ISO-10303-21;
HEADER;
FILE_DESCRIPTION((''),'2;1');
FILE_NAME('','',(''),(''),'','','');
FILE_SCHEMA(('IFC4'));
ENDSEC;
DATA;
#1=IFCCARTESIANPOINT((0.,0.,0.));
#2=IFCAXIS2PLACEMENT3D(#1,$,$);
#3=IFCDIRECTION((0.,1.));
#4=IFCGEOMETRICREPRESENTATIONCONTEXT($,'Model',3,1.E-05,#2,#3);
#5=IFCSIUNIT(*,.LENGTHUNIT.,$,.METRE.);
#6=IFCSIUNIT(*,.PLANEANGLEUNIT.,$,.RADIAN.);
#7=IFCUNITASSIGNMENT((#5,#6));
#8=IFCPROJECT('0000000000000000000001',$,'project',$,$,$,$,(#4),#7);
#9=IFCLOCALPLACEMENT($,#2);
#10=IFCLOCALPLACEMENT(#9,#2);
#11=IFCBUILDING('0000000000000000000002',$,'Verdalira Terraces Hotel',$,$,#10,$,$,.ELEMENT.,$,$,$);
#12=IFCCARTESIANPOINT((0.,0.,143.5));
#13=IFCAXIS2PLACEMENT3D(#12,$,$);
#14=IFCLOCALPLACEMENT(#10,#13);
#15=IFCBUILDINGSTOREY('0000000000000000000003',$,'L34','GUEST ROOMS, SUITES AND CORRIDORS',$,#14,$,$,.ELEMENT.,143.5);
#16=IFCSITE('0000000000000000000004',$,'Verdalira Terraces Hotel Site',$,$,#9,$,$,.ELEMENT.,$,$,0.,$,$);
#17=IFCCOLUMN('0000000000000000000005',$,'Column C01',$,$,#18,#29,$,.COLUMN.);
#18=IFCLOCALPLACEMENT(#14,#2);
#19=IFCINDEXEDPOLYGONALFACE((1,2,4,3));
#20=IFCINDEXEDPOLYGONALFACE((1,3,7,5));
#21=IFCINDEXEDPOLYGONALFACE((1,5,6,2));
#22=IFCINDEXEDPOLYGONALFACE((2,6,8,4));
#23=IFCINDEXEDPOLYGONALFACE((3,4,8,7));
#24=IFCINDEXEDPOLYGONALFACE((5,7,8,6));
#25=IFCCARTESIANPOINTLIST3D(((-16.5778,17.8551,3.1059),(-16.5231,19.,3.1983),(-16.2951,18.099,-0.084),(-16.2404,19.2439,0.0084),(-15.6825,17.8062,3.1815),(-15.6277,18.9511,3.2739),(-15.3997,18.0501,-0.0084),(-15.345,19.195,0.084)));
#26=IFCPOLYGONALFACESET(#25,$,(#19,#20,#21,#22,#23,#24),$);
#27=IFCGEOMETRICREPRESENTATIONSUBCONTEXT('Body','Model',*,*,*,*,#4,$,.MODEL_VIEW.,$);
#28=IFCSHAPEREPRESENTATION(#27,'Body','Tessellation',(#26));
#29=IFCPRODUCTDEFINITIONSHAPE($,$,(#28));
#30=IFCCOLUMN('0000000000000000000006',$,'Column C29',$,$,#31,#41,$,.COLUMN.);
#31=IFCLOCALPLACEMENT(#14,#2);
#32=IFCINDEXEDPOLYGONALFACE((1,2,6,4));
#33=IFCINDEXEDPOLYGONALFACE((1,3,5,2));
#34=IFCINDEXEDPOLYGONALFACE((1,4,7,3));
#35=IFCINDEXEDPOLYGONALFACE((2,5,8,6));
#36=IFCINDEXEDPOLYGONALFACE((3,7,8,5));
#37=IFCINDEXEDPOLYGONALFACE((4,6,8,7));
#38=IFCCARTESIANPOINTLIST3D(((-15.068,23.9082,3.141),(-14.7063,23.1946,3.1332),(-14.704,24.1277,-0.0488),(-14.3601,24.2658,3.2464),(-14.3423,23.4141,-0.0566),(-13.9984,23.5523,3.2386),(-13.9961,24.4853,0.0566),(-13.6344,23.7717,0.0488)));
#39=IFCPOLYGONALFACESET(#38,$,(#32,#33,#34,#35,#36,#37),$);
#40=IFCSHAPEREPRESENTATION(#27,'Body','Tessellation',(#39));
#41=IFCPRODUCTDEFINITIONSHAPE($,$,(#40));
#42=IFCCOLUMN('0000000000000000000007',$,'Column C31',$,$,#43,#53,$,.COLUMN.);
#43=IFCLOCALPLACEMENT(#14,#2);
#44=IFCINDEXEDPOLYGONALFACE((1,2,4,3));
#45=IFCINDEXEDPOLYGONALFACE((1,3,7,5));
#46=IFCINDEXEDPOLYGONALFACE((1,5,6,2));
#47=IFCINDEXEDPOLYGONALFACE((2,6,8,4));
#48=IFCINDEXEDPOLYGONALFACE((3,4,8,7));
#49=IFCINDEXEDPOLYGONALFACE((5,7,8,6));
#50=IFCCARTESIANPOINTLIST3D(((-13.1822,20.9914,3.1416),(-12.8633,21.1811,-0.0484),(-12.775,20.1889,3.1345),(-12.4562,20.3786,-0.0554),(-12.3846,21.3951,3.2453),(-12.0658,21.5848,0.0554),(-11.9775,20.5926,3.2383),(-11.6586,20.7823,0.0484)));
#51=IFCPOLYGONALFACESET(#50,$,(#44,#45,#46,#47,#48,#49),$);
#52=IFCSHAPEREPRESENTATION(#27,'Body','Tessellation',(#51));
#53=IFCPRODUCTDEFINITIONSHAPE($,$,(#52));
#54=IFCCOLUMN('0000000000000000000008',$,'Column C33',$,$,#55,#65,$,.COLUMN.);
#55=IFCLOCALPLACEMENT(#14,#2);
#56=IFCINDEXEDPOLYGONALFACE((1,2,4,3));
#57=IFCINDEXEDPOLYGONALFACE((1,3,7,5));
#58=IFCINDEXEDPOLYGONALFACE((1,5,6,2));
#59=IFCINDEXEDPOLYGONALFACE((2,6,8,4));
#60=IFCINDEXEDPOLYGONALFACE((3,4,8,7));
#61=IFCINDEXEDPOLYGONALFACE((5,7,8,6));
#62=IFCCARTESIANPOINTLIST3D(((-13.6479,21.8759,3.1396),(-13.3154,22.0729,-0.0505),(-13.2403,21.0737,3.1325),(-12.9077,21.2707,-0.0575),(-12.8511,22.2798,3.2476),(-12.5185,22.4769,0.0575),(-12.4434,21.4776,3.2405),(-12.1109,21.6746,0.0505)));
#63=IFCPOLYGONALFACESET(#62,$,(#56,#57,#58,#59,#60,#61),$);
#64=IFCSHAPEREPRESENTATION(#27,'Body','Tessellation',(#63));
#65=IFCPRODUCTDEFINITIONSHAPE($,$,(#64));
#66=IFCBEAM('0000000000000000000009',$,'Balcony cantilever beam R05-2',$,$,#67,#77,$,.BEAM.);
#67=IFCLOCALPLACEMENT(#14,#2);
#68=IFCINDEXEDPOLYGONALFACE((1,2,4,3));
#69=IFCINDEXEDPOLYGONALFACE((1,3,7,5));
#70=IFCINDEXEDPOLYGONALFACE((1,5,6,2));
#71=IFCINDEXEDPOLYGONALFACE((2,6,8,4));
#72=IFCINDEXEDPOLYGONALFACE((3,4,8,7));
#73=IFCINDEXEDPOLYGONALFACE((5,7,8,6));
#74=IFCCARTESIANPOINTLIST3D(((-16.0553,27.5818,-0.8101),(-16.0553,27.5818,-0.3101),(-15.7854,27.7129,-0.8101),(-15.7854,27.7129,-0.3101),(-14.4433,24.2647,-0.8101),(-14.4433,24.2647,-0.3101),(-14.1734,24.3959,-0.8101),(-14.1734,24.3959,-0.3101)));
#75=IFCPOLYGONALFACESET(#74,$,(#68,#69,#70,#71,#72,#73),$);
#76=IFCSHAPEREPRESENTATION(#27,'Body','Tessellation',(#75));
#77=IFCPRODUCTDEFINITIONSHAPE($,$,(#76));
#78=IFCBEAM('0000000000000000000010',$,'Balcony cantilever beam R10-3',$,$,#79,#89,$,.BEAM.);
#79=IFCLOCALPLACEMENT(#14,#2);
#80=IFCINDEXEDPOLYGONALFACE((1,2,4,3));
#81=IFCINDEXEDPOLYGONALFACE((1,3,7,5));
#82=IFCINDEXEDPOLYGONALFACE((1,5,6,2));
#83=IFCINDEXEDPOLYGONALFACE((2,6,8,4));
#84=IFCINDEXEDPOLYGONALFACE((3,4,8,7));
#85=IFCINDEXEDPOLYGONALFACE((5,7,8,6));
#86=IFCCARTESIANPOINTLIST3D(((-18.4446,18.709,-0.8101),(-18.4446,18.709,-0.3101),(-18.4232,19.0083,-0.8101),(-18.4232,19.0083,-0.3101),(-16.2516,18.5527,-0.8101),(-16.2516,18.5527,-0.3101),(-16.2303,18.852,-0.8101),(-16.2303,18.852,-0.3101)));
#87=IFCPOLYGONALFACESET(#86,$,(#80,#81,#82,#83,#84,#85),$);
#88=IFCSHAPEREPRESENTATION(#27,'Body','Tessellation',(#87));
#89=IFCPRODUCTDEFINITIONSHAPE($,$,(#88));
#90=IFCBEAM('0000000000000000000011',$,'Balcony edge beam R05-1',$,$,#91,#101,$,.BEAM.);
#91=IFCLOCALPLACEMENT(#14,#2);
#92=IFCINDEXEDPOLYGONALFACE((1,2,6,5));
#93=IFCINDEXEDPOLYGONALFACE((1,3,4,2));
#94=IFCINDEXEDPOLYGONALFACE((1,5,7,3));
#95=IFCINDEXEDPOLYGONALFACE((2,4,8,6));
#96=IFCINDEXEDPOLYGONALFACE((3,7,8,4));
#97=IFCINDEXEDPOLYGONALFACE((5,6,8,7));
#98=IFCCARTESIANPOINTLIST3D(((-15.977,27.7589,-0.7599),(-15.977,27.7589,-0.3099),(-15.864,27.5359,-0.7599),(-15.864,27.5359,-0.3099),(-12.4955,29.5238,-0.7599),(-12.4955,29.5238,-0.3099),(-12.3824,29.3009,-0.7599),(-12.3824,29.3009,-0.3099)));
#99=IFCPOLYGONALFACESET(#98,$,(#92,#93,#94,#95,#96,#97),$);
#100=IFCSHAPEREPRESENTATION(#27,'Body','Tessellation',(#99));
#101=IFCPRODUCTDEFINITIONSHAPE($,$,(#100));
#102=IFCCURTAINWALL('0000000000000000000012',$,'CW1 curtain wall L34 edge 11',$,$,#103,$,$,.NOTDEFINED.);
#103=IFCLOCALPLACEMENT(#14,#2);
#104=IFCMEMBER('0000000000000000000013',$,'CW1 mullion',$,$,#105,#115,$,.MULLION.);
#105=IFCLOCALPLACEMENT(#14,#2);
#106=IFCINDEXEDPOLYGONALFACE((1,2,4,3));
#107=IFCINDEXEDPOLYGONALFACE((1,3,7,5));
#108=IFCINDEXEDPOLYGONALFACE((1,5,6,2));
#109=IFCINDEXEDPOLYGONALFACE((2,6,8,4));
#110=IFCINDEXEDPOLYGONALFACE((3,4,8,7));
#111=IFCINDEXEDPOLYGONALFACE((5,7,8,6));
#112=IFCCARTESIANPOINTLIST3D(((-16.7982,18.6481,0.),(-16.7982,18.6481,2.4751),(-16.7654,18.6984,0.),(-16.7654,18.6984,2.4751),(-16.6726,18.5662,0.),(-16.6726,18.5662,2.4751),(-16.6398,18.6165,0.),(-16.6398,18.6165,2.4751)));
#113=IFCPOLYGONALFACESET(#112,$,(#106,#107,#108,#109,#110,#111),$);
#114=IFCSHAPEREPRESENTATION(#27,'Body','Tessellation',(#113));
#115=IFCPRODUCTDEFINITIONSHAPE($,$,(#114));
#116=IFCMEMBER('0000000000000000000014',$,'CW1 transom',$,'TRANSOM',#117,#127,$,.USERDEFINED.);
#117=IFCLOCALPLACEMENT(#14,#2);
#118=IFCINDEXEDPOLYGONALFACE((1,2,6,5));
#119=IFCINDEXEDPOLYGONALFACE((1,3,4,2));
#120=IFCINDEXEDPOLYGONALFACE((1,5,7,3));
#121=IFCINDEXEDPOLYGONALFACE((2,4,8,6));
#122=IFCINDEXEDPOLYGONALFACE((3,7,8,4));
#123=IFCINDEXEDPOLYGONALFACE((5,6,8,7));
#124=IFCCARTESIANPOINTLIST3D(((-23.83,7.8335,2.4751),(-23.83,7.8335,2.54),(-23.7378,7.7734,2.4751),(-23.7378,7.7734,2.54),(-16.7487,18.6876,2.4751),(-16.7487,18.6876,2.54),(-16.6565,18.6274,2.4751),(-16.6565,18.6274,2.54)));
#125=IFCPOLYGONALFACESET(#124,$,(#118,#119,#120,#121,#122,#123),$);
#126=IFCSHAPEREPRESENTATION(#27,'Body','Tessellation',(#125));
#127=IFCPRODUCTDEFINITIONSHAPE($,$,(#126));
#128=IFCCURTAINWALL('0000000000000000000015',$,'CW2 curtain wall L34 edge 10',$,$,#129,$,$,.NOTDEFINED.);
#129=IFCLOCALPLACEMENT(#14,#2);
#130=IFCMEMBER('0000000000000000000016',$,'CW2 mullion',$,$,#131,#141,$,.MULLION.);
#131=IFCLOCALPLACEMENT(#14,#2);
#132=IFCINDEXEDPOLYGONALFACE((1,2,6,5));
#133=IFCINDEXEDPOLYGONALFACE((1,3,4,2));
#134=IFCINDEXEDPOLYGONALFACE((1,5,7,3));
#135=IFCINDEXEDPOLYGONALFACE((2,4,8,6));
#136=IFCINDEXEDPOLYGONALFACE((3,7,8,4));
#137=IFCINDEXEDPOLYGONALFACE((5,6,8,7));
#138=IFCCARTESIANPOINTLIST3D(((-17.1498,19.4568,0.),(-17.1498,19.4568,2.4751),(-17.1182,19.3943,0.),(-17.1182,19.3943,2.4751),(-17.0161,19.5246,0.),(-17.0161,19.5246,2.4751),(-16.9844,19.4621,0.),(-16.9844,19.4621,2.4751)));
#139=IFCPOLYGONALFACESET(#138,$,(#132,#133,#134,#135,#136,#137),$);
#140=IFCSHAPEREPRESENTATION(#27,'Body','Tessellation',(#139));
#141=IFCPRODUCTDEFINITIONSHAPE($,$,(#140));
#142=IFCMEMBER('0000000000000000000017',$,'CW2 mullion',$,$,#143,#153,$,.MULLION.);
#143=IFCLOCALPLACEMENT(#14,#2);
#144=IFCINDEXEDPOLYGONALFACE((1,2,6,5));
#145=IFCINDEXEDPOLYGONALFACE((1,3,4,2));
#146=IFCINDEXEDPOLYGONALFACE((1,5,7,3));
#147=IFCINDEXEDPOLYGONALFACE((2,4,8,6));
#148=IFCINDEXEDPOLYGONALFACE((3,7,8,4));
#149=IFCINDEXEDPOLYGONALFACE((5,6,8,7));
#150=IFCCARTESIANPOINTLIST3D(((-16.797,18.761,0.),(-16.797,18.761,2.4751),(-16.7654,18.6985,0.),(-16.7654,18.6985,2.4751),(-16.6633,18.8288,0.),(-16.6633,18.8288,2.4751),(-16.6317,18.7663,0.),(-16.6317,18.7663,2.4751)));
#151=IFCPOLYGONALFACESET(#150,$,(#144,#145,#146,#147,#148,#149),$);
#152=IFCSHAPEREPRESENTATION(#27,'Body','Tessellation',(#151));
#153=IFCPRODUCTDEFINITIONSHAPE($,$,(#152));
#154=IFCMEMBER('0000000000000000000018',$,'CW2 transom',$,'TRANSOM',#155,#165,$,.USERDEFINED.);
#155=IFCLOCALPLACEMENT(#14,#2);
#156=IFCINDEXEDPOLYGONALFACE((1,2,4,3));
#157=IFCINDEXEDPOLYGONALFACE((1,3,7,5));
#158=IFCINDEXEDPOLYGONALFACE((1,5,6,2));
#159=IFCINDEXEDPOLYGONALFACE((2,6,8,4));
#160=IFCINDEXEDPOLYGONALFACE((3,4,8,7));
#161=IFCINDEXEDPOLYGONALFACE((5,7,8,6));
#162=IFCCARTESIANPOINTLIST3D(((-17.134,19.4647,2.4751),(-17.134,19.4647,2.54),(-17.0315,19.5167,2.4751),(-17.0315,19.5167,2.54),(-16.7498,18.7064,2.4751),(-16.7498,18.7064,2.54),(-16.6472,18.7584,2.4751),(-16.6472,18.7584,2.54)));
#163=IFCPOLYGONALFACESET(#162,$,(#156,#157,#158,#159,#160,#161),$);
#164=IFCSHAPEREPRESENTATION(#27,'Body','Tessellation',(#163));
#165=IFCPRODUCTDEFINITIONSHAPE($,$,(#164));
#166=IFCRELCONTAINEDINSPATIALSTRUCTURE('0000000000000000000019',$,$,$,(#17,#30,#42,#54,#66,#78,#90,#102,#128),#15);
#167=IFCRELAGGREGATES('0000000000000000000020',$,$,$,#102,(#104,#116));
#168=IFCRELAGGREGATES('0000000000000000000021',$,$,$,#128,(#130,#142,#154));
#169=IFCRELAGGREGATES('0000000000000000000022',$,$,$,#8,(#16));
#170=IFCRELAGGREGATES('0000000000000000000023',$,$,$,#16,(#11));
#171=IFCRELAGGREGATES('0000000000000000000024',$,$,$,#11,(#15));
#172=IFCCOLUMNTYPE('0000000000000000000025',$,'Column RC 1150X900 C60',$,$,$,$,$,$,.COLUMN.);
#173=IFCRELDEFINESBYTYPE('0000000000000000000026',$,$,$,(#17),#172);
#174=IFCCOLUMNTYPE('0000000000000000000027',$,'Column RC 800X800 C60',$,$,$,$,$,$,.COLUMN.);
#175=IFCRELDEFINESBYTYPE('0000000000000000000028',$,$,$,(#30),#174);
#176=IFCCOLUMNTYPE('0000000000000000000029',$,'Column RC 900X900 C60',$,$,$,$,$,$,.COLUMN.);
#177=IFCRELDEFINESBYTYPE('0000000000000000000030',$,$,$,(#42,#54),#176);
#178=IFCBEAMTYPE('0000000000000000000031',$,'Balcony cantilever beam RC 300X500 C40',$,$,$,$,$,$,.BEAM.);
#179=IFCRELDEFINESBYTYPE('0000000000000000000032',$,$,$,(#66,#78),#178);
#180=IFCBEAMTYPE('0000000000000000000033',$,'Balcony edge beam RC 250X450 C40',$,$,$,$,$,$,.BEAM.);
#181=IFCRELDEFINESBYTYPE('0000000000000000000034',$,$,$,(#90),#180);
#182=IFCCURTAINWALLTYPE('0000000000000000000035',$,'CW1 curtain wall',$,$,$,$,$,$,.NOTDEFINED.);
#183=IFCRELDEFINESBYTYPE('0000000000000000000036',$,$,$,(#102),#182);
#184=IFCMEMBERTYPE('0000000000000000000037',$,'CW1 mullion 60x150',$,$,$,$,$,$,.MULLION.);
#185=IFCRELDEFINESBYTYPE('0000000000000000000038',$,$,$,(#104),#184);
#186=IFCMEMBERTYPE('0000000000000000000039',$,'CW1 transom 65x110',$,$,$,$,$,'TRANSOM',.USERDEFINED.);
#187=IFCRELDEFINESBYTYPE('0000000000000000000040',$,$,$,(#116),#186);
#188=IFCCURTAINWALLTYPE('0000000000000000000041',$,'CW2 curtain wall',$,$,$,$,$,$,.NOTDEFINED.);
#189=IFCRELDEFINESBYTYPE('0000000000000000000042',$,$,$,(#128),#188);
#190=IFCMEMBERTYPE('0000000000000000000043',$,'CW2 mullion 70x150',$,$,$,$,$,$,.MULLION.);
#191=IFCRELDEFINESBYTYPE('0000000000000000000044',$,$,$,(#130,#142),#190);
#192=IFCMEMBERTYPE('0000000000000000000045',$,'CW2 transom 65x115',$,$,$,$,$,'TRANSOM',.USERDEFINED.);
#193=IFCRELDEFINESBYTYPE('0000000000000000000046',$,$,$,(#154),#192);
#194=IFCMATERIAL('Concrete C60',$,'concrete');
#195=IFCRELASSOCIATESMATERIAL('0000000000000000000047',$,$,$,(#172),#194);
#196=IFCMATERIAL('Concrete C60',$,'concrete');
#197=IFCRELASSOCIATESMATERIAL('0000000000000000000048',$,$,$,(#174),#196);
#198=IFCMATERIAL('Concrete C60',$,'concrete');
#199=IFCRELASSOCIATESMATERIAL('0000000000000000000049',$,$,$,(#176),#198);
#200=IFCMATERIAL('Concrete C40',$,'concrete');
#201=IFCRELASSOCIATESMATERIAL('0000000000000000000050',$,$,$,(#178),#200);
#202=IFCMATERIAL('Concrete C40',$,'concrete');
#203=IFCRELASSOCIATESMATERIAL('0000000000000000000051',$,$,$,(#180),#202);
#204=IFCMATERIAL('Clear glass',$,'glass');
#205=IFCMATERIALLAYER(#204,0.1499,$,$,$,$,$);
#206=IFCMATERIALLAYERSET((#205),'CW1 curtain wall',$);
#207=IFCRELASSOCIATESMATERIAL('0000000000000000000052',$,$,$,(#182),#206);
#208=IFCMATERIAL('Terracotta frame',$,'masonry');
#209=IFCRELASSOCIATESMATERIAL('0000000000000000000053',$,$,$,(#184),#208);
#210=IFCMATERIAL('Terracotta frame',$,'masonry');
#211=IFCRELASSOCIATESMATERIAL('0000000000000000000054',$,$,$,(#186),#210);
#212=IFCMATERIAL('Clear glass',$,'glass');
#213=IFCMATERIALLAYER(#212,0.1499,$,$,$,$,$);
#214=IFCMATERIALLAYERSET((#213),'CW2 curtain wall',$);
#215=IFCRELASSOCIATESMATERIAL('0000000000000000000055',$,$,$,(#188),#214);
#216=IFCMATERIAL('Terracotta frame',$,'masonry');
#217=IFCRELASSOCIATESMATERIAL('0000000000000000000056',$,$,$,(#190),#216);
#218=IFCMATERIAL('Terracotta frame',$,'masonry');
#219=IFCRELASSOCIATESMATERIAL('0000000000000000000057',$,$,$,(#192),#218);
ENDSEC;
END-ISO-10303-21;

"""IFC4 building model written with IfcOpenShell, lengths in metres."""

from ifc_helpers import new_model, si_unit, direction, frame, origin, origin_2d, place, context, subcontext, project, spatial, rectangle, extrude, material, layer, layer_set, material_profile, profile_set, type_object, element, aggregate, save


model = new_model("IFC4")

# Units and contexts
model_context = context("Model", 3, precision=1e-05, world=origin(), true_north=direction((0.0, 1.0)))
body_context = subcontext(model_context, "Body", "Model", "MODEL_VIEW")
ifc_project = project(units=[si_unit("LENGTHUNIT", "METRE"), si_unit("PLANEANGLEUNIT", "RADIAN")], contexts=[model_context])

# Site, building, storey
site_placement = place(None, origin())
site = spatial("IfcSite", under=ifc_project, at=site_placement, Name="Verdalira Terraces Hotel Site", CompositionType="ELEMENT", RefElevation=0.0)
building_placement = place(site_placement, origin())
building = spatial("IfcBuilding", under=site, at=building_placement, Name="Verdalira Terraces Hotel", CompositionType="ELEMENT")
storey_placement = place(building_placement, frame((0.0, 0.0, 143.5)))
storey = spatial("IfcBuildingStorey", under=building, at=storey_placement, Name="L34", Description="GUEST ROOMS, SUITES AND CORRIDORS", CompositionType="ELEMENT", Elevation=143.5)

# Columns
ifc_material_1 = material(Name="Concrete C60", Category="concrete")
ifc_material_profile_1 = material_profile(ifc_material_1, rectangle(XDim=1.1499, YDim=0.8999, at=origin_2d()), Name="RC 1150X900")
ifc_profile_set_1 = profile_set([ifc_material_profile_1], Name="Concrete C60")
column_type_1 = type_object("IfcColumnType", Name="Column RC 1150X900 C60", PredefinedType="COLUMN", material=ifc_profile_set_1)
column_1_placement = place(storey_placement, frame((-15.8201, 18.647, 0.0), z_axis=(-0.088026, -0.07594, 0.993219), x_axis=(0.047605, 0.99563, 0.080343)))
element("IfcColumn", 1, at=column_1_placement, inside=storey, type_object=column_type_1, Name="Column C01", PredefinedType="COLUMN", context=body_context, shape_type="SweptSolid", body=[
    extrude(rectangle(XDim=1.1499, YDim=0.8999, at=origin_2d()), origin(), (0.0, 0.0, 1.0), 3.2117),
])
ifc_material_2 = material(Name="Concrete C60", Category="concrete")
ifc_material_profile_2 = material_profile(ifc_material_2, rectangle(XDim=0.8, YDim=0.8, at=origin_2d()), Name="RC 800X800")
ifc_profile_set_2 = profile_set([ifc_material_profile_2], Name="Concrete C60")
column_type_2 = type_object("IfcColumnType", Name="Column RC 800X800 C60", PredefinedType="COLUMN", material=ifc_profile_set_2)
column_2_placement = place(storey_placement, frame((-14.1692, 23.9497, 0.0), z_axis=(-0.113113, -0.068202, 0.991239), x_axis=(-0.884776, -0.447013, -0.131721)))
element("IfcColumn", 2, at=column_2_placement, inside=storey, type_object=column_type_2, Name="Column C29", PredefinedType="COLUMN", context=body_context, shape_type="SweptSolid", body=[
    extrude(rectangle(XDim=0.8, YDim=0.8, at=origin_2d()), origin(), (0.0, 0.0, 1.0), 3.218),
])
ifc_material_3 = material(Name="Concrete C60", Category="concrete")
ifc_material_profile_3 = material_profile(ifc_material_3, rectangle(XDim=0.8999, YDim=0.8999, at=origin_2d()), Name="RC 900X900")
ifc_profile_set_3 = profile_set([ifc_material_profile_3], Name="Concrete C60")
column_type_3 = type_object("IfcColumnType", Name="Column RC 900X900 C60", PredefinedType="COLUMN", material=ifc_profile_set_3)
column_3_placement = place(storey_placement, frame((-12.261, 20.9817, 0.0), z_axis=(-0.099285, -0.059069, 0.993304), x_axis=(-0.452446, 0.891757, 0.007807)))
element("IfcColumn", 3, at=column_3_placement, inside=storey, type_object=column_type_3, Name="Column C31", PredefinedType="COLUMN", context=body_context, shape_type="SweptSolid", body=[
    extrude(rectangle(XDim=0.8999, YDim=0.8999, at=origin_2d()), origin(), (0.0, 0.0, 1.0), 3.2114),
])
column_4_placement = place(storey_placement, frame((-12.7131, 21.8738, 0.0), z_axis=(-0.103483, -0.061315, 0.992739), x_axis=(-0.452981, 0.891486, 0.007842)))
element("IfcColumn", 4, at=column_4_placement, inside=storey, type_object=column_type_3, Name="Column C33", PredefinedType="COLUMN", context=body_context, shape_type="SweptSolid", body=[
    extrude(rectangle(XDim=0.8999, YDim=0.8999, at=origin_2d()), origin(), (0.0, 0.0, 1.0), 3.2134),
])

# Beams
ifc_material_4 = material(Name="Concrete C40", Category="concrete")
ifc_material_profile_4 = material_profile(ifc_material_4, rectangle(XDim=0.3, YDim=0.5, at=origin_2d()), Name="RC 300X500")
ifc_profile_set_4 = profile_set([ifc_material_profile_4], Name="Concrete C40")
beam_type_1 = type_object("IfcBeamType", Name="Balcony cantilever beam RC 300X500 C40", PredefinedType="BEAM", material=ifc_profile_set_4)
beam_1_placement = place(storey_placement, frame((-14.3084, 24.3303, -0.5601), z_axis=(-0.437097, 0.899414, 0.0), x_axis=(-0.899414, -0.437097, 0.0)))
element("IfcBeam", 5, at=beam_1_placement, inside=storey, type_object=beam_type_1, Name="Balcony cantilever beam R05-2", PredefinedType="BEAM", context=body_context, shape_type="SweptSolid", body=[
    extrude(rectangle(XDim=0.3, YDim=0.5, at=origin_2d()), origin(), (0.0, 0.0, 1.0), 3.688),
])
beam_2_placement = place(storey_placement, frame((-16.241, 18.7024, -0.5601), z_axis=(-0.997471, 0.071073, 0.0), x_axis=(-0.071073, -0.997471, 0.0)))
element("IfcBeam", 6, at=beam_2_placement, inside=storey, type_object=beam_type_1, Name="Balcony cantilever beam R10-3", PredefinedType="BEAM", context=body_context, shape_type="SweptSolid", body=[
    extrude(rectangle(XDim=0.3, YDim=0.5, at=origin_2d()), origin(), (0.0, 0.0, 1.0), 2.1985),
])
ifc_material_5 = material(Name="Concrete C40", Category="concrete")
ifc_material_profile_5 = material_profile(ifc_material_5, rectangle(XDim=0.25, YDim=0.45, at=origin_2d()), Name="RC 250X450")
ifc_profile_set_5 = profile_set([ifc_material_profile_5], Name="Concrete C40")
beam_type_2 = type_object("IfcBeamType", Name="Balcony edge beam RC 250X450 C40", PredefinedType="BEAM", material=ifc_profile_set_5)
beam_3_placement = place(storey_placement, frame((-12.439, 29.4124, -0.5349), z_axis=(-0.891937, -0.452161, 0.0), x_axis=(0.452161, -0.891937, 0.0)))
element("IfcBeam", 7, at=beam_3_placement, inside=storey, type_object=beam_type_2, Name="Balcony edge beam R05-1", PredefinedType="BEAM", context=body_context, shape_type="SweptSolid", body=[
    extrude(rectangle(XDim=0.25, YDim=0.45, at=origin_2d()), origin(), (0.0, 0.0, 1.0), 3.9033),
])

# Curtain walls, members
ifc_material_6 = material(Name="Clear glass", Category="glass")
ifc_layer_1 = layer(ifc_material_6, 0.1499)
ifc_layer_set_1 = layer_set([ifc_layer_1], Name="CW1 curtain wall")
curtain_wall_type_1 = type_object("IfcCurtainWallType", Name="CW1 curtain wall", PredefinedType="NOTDEFINED", material=ifc_layer_set_1)
curtain_wall_1_placement = place(storey_placement, origin())
curtain_wall_1 = element("IfcCurtainWall", 8, at=curtain_wall_1_placement, inside=storey, type_object=curtain_wall_type_1, Name="CW1 curtain wall L34 edge 11", PredefinedType="NOTDEFINED")
ifc_material_7 = material(Name="Terracotta frame", Category="masonry")
ifc_material_profile_6 = material_profile(ifc_material_7, rectangle(XDim=0.0601, YDim=0.1499, at=origin_2d()), Name="MU 60x150")
ifc_profile_set_6 = profile_set([ifc_material_profile_6], Name="Terracotta frame")
member_type_1 = type_object("IfcMemberType", Name="CW1 mullion 60x150", PredefinedType="MULLION", material=ifc_profile_set_6)
member_1_placement = place(storey_placement, frame((-16.719, 18.6323, 0.0), z_axis=(0.0, 0.0, 1.0), x_axis=(-0.546394, -0.837528, 0.0)))
member_1 = element("IfcMember", 9, at=member_1_placement, type_object=member_type_1, Name="CW1 mullion", PredefinedType="MULLION", context=body_context, shape_type="SweptSolid", body=[
    extrude(rectangle(XDim=0.0601, YDim=0.1499, at=origin_2d()), origin(), (0.0, 0.0, 1.0), 2.4751),
])
ifc_material_8 = material(Name="Terracotta frame", Category="masonry")
ifc_material_profile_7 = material_profile(ifc_material_8, rectangle(XDim=0.1101, YDim=0.0649, at=origin_2d()), Name="TR 65x110")
ifc_profile_set_7 = profile_set([ifc_material_profile_7], Name="Terracotta frame")
member_type_2 = type_object("IfcMemberType", Name="CW1 transom 65x110", ElementType="TRANSOM", PredefinedType="USERDEFINED", material=ifc_profile_set_7)
member_2_placement = place(storey_placement, frame((-16.7026, 18.6575, 2.5076), z_axis=(-0.546409, -0.837519, 0.0), x_axis=(0.837519, -0.546409, 0.0)))
member_2 = element("IfcMember", 10, at=member_2_placement, type_object=member_type_2, Name="CW1 transom", ObjectType="TRANSOM", PredefinedType="USERDEFINED", context=body_context, shape_type="SweptSolid", body=[
    extrude(rectangle(XDim=0.1101, YDim=0.0649, at=origin_2d()), origin(), (0.0, 0.0, 1.0), 12.9597),
])
aggregate(curtain_wall_1, [member_1, member_2])
ifc_material_9 = material(Name="Clear glass", Category="glass")
ifc_layer_2 = layer(ifc_material_9, 0.1499)
ifc_layer_set_2 = layer_set([ifc_layer_2], Name="CW2 curtain wall")
curtain_wall_type_2 = type_object("IfcCurtainWallType", Name="CW2 curtain wall", PredefinedType="NOTDEFINED", material=ifc_layer_set_2)
curtain_wall_2_placement = place(storey_placement, origin())
curtain_wall_2 = element("IfcCurtainWall", 11, at=curtain_wall_2_placement, inside=storey, type_object=curtain_wall_type_2, Name="CW2 curtain wall L34 edge 10", PredefinedType="NOTDEFINED")
ifc_material_10 = material(Name="Terracotta frame", Category="masonry")
ifc_material_profile_8 = material_profile(ifc_material_10, rectangle(XDim=0.0701, YDim=0.1499, at=origin_2d()), Name="MU 70x150")
ifc_profile_set_8 = profile_set([ifc_material_profile_8], Name="Terracotta frame")
member_type_3 = type_object("IfcMemberType", Name="CW2 mullion 70x150", PredefinedType="MULLION", material=ifc_profile_set_8)
member_3_placement = place(storey_placement, frame((-17.0671, 19.4595, 0.0), z_axis=(0.0, 0.0, 1.0), x_axis=(0.452123, -0.891955, 0.0)))
member_3 = element("IfcMember", 12, at=member_3_placement, type_object=member_type_3, Name="CW2 mullion", PredefinedType="MULLION", context=body_context, shape_type="SweptSolid", body=[
    extrude(rectangle(XDim=0.0701, YDim=0.1499, at=origin_2d()), origin(), (0.0, 0.0, 1.0), 2.4751),
])
member_4_placement = place(storey_placement, frame((-16.7144, 18.7637, 0.0), z_axis=(0.0, 0.0, 1.0), x_axis=(0.452123, -0.891955, 0.0)))
member_4 = element("IfcMember", 13, at=member_4_placement, type_object=member_type_3, Name="CW2 mullion", PredefinedType="MULLION", context=body_context, shape_type="SweptSolid", body=[
    extrude(rectangle(XDim=0.0701, YDim=0.1499, at=origin_2d()), origin(), (0.0, 0.0, 1.0), 2.4751),
])
ifc_material_11 = material(Name="Terracotta frame", Category="masonry")
ifc_material_profile_9 = material_profile(ifc_material_11, rectangle(XDim=0.115, YDim=0.0649, at=origin_2d()), Name="TR 65x115")
ifc_profile_set_9 = profile_set([ifc_material_profile_9], Name="Terracotta frame")
member_type_4 = type_object("IfcMemberType", Name="CW2 transom 65x115", ElementType="TRANSOM", PredefinedType="USERDEFINED", material=ifc_profile_set_9)
member_5_placement = place(storey_placement, frame((-17.0828, 19.4907, 2.5076), z_axis=(0.452032, -0.892002, 0.0), x_axis=(0.892002, 0.452032, 0.0)))
member_5 = element("IfcMember", 14, at=member_5_placement, type_object=member_type_4, Name="CW2 transom", ObjectType="TRANSOM", PredefinedType="USERDEFINED", context=body_context, shape_type="SweptSolid", body=[
    extrude(rectangle(XDim=0.115, YDim=0.0649, at=origin_2d()), origin(), (0.0, 0.0, 1.0), 0.8501),
])

aggregate(curtain_wall_2, [member_3, member_4, member_5])

save(model, "model.ifc")
